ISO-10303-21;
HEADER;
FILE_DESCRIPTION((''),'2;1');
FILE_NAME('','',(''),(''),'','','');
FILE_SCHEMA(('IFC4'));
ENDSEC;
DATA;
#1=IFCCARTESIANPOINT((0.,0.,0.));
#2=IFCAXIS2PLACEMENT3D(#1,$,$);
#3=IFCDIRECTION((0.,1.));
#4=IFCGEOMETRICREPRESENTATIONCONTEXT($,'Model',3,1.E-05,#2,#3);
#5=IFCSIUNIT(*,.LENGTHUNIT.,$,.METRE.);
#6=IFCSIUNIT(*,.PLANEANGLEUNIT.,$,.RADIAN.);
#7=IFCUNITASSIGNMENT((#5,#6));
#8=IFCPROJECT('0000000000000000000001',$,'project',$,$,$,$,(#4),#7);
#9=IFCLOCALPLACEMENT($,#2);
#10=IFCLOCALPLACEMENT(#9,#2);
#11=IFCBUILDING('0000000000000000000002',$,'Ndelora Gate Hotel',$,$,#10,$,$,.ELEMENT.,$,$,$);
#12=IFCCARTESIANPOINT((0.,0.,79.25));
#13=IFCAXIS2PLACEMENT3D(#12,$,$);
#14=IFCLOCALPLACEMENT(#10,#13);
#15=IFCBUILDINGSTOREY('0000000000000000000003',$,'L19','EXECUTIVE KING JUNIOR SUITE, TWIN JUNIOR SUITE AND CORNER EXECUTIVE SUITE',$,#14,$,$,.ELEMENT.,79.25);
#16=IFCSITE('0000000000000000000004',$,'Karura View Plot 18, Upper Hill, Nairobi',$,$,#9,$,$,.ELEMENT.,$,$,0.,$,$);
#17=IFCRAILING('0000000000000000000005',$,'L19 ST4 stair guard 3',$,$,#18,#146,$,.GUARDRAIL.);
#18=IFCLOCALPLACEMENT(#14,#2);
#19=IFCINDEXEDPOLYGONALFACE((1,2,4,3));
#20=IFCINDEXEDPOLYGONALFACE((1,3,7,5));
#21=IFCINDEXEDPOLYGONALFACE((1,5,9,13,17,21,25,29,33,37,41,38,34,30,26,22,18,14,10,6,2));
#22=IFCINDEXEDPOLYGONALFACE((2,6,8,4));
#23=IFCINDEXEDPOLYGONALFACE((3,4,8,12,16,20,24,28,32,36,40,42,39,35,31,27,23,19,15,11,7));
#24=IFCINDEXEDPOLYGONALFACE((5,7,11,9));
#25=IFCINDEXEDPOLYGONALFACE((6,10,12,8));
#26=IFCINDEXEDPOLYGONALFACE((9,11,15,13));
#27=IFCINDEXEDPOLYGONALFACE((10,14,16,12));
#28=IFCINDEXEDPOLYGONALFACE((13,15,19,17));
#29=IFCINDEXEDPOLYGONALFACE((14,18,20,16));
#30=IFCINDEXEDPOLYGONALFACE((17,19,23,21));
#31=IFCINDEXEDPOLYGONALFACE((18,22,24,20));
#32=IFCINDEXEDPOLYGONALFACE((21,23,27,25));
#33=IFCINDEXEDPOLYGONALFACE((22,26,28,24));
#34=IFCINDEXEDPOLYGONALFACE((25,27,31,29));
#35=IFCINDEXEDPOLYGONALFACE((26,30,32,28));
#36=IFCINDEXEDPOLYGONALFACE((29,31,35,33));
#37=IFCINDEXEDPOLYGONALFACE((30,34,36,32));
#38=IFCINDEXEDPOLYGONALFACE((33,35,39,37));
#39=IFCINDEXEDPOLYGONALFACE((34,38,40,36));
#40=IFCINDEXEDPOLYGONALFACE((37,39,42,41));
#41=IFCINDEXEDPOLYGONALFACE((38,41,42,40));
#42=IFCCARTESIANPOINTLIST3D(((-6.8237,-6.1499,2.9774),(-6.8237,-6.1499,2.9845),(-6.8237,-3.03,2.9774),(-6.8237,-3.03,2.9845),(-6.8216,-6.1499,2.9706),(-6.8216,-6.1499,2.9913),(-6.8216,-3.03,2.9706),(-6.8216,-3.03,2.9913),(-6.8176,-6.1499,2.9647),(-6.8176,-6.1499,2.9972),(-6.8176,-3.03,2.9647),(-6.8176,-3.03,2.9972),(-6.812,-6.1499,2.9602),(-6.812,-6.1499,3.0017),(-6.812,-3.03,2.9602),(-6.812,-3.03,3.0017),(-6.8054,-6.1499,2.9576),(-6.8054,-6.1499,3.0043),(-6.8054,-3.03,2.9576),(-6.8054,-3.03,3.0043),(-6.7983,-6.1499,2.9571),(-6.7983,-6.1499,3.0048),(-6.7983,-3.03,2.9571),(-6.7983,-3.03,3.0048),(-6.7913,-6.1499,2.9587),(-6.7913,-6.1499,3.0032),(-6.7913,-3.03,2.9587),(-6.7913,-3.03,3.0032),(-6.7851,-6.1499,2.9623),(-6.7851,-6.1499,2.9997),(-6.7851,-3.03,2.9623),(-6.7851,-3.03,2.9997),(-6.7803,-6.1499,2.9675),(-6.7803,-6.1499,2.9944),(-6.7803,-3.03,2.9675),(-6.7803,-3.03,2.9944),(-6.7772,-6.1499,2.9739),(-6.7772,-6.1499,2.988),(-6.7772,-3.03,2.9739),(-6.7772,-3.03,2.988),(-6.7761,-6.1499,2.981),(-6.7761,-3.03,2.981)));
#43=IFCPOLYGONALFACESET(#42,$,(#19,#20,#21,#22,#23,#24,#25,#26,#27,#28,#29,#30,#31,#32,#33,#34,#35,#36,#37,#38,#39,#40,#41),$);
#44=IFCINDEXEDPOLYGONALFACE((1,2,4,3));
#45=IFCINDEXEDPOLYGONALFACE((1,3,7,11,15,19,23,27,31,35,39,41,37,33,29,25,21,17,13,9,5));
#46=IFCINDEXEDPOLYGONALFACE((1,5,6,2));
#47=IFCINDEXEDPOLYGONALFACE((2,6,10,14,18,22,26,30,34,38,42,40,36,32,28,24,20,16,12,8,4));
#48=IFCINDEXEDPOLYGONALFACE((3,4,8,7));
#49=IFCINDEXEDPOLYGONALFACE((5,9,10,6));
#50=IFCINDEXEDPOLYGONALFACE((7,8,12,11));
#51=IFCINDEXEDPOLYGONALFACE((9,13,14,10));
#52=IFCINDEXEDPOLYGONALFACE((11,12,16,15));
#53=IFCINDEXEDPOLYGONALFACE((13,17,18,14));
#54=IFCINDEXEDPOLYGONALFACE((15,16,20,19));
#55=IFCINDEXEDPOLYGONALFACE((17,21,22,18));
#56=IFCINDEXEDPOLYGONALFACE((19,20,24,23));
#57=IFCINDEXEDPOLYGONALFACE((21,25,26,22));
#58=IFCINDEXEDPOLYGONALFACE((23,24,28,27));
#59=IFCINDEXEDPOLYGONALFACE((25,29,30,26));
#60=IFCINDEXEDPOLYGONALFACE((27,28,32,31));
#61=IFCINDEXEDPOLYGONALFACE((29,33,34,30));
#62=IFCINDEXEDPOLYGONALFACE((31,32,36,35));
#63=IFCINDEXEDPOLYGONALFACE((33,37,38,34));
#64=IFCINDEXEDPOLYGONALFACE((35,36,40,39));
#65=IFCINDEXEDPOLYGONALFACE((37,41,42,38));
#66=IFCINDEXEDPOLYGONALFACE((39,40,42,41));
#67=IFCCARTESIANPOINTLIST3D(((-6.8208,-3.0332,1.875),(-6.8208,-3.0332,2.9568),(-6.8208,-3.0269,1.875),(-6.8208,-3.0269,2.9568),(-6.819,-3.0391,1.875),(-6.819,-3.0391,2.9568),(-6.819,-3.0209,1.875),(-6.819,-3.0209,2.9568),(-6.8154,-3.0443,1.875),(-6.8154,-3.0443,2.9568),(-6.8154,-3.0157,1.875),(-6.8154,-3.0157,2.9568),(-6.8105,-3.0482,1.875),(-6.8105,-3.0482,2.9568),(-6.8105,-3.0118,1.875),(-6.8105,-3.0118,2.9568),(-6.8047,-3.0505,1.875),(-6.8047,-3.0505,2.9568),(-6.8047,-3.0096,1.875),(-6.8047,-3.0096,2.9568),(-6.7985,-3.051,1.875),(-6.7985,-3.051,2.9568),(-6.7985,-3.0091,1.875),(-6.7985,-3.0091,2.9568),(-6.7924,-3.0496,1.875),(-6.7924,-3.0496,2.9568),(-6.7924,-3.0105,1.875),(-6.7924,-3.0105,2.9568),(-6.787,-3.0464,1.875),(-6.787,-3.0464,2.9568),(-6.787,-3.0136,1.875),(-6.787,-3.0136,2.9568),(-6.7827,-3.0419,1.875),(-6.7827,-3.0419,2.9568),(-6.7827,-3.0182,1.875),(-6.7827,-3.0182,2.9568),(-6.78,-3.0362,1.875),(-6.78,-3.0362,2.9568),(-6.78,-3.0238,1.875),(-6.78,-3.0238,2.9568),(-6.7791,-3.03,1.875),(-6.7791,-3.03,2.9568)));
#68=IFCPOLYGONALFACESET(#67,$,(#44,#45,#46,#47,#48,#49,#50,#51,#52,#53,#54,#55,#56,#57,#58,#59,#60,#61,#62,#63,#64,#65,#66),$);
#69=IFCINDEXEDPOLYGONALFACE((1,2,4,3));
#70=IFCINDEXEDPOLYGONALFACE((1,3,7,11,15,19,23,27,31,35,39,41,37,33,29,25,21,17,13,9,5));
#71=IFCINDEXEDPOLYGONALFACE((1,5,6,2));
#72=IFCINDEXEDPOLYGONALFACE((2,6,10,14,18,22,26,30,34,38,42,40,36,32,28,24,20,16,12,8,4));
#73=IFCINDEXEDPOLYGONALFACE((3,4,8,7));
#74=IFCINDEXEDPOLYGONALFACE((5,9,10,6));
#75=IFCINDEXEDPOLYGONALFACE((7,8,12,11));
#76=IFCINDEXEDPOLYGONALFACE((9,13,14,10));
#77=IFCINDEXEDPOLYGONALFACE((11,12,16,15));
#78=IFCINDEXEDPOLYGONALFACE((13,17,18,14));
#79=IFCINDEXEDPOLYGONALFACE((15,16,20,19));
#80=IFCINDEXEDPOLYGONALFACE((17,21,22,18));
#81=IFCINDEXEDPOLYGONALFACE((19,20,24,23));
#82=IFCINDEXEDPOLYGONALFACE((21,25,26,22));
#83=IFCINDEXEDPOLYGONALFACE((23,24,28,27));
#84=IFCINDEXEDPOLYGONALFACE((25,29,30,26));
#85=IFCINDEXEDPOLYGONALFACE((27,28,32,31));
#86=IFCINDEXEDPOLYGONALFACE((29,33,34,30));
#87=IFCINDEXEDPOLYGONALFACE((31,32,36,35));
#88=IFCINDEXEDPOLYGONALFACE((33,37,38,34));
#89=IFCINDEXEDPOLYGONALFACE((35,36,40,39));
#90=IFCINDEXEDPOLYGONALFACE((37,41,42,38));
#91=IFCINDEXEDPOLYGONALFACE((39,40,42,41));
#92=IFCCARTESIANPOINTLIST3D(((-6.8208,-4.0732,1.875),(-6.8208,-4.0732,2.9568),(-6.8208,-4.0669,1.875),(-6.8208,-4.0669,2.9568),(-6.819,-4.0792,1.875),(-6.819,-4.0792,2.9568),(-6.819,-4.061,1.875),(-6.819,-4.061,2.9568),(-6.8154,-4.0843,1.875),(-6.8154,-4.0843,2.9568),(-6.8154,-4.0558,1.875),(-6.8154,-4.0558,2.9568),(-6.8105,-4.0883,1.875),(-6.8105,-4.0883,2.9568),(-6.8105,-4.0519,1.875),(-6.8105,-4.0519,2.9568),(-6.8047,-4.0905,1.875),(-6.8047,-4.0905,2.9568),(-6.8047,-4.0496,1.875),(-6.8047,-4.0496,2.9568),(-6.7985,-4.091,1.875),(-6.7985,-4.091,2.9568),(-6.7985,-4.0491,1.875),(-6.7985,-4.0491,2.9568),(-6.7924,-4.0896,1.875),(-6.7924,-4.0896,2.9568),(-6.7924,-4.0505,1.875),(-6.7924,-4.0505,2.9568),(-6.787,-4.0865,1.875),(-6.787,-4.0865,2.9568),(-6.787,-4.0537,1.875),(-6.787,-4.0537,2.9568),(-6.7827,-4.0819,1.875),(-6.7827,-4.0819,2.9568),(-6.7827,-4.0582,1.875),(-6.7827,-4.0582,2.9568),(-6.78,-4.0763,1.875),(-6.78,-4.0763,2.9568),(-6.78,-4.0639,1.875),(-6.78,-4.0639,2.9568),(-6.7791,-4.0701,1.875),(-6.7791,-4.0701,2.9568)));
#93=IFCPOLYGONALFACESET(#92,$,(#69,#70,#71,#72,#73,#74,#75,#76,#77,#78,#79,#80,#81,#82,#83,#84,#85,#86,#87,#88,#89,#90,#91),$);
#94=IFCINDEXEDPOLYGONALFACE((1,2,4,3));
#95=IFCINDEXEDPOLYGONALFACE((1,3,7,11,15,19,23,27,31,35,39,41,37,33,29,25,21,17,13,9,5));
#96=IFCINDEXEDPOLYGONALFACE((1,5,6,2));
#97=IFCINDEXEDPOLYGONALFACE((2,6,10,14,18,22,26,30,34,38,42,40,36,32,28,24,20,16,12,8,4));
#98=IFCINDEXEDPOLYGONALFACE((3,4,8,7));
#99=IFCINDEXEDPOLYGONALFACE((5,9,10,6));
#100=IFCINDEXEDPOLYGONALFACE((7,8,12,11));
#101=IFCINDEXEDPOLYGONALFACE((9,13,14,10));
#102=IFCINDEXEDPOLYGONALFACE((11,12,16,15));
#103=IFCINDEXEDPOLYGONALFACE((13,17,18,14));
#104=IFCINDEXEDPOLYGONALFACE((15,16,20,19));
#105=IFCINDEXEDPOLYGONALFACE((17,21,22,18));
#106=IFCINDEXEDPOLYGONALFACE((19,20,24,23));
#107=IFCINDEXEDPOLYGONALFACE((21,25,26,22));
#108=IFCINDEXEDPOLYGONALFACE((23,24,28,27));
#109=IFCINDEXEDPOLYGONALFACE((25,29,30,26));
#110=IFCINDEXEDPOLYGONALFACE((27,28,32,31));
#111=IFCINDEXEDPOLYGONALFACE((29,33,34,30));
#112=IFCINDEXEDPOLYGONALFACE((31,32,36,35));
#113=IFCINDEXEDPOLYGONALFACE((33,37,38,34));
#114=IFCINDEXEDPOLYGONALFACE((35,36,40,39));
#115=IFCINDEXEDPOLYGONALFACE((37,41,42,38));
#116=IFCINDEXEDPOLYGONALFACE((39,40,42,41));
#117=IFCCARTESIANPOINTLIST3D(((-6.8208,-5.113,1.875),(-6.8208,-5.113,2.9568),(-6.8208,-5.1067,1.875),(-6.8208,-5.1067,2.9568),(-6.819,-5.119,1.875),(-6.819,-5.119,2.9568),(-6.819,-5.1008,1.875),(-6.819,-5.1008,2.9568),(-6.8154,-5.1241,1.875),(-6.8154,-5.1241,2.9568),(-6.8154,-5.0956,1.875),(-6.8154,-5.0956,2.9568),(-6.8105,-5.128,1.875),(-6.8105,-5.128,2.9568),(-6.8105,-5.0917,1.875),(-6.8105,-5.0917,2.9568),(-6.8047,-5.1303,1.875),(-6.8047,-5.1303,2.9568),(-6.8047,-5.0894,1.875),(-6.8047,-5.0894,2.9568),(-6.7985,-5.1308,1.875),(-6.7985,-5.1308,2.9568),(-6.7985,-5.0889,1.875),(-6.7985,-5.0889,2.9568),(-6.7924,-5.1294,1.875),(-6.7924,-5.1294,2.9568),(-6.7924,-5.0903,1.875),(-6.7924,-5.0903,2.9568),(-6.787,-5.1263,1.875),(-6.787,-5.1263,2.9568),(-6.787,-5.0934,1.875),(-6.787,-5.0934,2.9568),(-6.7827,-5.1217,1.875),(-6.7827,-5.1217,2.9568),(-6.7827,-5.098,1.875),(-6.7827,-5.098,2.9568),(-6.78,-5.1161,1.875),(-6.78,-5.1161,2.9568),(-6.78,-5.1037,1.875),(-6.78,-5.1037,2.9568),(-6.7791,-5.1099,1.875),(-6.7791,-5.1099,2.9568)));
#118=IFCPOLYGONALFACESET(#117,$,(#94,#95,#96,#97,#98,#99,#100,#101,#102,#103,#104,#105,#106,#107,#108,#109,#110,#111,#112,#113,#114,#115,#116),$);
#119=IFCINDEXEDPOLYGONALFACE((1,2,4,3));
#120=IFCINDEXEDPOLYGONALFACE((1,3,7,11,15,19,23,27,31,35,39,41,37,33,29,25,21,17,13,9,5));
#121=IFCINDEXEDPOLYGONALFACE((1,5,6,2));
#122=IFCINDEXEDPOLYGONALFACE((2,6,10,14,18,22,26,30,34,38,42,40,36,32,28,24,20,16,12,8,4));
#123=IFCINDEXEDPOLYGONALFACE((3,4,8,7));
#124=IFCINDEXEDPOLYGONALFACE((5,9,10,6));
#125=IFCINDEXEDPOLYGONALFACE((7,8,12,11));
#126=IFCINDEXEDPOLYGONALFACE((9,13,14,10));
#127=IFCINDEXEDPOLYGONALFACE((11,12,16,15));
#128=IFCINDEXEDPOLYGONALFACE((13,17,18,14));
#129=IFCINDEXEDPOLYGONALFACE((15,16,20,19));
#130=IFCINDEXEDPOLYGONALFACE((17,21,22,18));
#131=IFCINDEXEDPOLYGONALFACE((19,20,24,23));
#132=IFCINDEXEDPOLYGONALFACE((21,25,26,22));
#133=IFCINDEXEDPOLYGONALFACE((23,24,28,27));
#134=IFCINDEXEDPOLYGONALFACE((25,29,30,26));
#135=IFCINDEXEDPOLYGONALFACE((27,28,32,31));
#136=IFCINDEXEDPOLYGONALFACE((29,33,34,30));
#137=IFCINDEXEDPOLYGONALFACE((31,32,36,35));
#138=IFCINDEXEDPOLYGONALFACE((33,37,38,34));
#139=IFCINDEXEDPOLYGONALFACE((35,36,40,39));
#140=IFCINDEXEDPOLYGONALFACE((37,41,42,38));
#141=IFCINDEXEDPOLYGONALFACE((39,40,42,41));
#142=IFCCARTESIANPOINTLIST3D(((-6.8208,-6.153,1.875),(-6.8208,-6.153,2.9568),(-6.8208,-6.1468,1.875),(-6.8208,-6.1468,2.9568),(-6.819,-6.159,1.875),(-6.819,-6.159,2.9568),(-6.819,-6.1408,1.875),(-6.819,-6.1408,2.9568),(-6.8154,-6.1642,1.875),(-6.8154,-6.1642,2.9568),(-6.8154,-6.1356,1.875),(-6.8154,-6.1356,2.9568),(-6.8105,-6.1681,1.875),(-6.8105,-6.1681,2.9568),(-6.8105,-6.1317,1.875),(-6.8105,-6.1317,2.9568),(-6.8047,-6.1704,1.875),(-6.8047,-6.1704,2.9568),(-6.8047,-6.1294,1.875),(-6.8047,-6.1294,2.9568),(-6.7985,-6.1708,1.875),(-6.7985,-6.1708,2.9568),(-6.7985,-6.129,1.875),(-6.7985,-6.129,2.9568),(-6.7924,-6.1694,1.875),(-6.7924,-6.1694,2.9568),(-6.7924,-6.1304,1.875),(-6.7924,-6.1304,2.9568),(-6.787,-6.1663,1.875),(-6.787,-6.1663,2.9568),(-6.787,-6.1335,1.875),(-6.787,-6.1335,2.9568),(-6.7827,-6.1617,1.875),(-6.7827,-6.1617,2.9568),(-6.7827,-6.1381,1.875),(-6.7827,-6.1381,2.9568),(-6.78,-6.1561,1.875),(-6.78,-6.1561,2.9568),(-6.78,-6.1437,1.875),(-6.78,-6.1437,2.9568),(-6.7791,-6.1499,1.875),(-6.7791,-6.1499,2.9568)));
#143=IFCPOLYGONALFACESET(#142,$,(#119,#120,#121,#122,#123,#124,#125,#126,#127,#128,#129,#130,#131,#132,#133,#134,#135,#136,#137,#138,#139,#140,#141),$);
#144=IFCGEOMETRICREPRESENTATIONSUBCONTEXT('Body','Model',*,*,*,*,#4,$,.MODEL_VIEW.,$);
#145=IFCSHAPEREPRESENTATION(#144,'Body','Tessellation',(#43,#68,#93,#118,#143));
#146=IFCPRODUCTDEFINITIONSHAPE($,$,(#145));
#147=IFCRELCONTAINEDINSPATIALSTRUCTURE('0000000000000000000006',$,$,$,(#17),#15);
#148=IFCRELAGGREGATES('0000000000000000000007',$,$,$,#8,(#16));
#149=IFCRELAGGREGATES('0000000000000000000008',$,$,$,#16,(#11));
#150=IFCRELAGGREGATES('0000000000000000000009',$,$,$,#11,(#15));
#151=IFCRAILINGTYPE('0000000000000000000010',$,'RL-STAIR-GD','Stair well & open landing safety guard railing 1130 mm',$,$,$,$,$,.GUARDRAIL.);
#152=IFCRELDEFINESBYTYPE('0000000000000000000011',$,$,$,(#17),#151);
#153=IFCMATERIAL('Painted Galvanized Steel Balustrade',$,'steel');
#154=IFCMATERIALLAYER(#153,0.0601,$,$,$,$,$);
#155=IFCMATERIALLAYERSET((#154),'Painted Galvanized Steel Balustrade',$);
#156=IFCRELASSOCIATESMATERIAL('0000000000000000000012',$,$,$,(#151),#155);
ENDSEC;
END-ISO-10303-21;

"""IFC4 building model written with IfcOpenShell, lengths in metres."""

from ifc_helpers import new_model, si_unit, direction, frame, origin, origin_2d, place, context, subcontext, project, spatial, circle, extrude, material, layer, layer_set, type_object, element, save


model = new_model("IFC4")

# Units and contexts
model_context = context("Model", 3, precision=1e-05, world=origin(), true_north=direction((0.0, 1.0)))
body_context = subcontext(model_context, "Body", "Model", "MODEL_VIEW")
ifc_project = project(units=[si_unit("LENGTHUNIT", "METRE"), si_unit("PLANEANGLEUNIT", "RADIAN")], contexts=[model_context])

# Site, building, storey
site_placement = place(None, origin())
site = spatial("IfcSite", under=ifc_project, at=site_placement, Name="Karura View Plot 18, Upper Hill, Nairobi", CompositionType="ELEMENT", RefElevation=0.0)
building_placement = place(site_placement, origin())
building = spatial("IfcBuilding", under=site, at=building_placement, Name="Ndelora Gate Hotel", CompositionType="ELEMENT")
storey_placement = place(building_placement, frame((0.0, 0.0, 79.25)))
storey = spatial("IfcBuildingStorey", under=building, at=storey_placement, Name="L19", Description="EXECUTIVE KING JUNIOR SUITE, TWIN JUNIOR SUITE AND CORNER EXECUTIVE SUITE", CompositionType="ELEMENT", Elevation=79.25)

# Railing
ifc_material_1 = material(Name="Painted Galvanized Steel Balustrade", Category="steel")
ifc_layer_1 = layer(ifc_material_1, 0.0601)
ifc_layer_set_1 = layer_set([ifc_layer_1], Name="Painted Galvanized Steel Balustrade")
railing_type_1 = type_object("IfcRailingType", Name="RL-STAIR-GD", Description="Stair well & open landing safety guard railing 1130 mm", PredefinedType="GUARDRAIL", material=ifc_layer_set_1)
for number, where, name in (
    (1, (-6.8, -3.03, 1.875), "L19 ST4 stair guard 3"),
):
    element("IfcRailing", number, at=place(storey_placement, frame(where)), inside=storey, type_object=railing_type_1, Name=name, PredefinedType="GUARDRAIL", context=body_context, shape_type="SweptSolid", body=[
        extrude(circle(Radius=0.0239, at=origin_2d()), frame((0.0, 0.0, 1.106), z_axis=(0.0, -1.0, 0.0), x_axis=(1.0, 0.0, 0.0)), (0.0, 0.0, 1.0), 3.1199),
        extrude(circle(Radius=0.021, at=origin_2d()), origin(), (0.0, 0.0, 1.0), 1.0818),
        extrude(circle(Radius=0.021, at=origin_2d()), frame((0.0, -1.04, 0.0)), (0.0, 0.0, 1.0), 1.0818),
        extrude(circle(Radius=0.021, at=origin_2d()), frame((0.0, -2.0798, 0.0)), (0.0, 0.0, 1.0), 1.0818),
        extrude(circle(Radius=0.021, at=origin_2d()), frame((0.0, -3.1199, 0.0)), (0.0, 0.0, 1.0), 1.0818),
    ])

save(model, "model.ifc")
